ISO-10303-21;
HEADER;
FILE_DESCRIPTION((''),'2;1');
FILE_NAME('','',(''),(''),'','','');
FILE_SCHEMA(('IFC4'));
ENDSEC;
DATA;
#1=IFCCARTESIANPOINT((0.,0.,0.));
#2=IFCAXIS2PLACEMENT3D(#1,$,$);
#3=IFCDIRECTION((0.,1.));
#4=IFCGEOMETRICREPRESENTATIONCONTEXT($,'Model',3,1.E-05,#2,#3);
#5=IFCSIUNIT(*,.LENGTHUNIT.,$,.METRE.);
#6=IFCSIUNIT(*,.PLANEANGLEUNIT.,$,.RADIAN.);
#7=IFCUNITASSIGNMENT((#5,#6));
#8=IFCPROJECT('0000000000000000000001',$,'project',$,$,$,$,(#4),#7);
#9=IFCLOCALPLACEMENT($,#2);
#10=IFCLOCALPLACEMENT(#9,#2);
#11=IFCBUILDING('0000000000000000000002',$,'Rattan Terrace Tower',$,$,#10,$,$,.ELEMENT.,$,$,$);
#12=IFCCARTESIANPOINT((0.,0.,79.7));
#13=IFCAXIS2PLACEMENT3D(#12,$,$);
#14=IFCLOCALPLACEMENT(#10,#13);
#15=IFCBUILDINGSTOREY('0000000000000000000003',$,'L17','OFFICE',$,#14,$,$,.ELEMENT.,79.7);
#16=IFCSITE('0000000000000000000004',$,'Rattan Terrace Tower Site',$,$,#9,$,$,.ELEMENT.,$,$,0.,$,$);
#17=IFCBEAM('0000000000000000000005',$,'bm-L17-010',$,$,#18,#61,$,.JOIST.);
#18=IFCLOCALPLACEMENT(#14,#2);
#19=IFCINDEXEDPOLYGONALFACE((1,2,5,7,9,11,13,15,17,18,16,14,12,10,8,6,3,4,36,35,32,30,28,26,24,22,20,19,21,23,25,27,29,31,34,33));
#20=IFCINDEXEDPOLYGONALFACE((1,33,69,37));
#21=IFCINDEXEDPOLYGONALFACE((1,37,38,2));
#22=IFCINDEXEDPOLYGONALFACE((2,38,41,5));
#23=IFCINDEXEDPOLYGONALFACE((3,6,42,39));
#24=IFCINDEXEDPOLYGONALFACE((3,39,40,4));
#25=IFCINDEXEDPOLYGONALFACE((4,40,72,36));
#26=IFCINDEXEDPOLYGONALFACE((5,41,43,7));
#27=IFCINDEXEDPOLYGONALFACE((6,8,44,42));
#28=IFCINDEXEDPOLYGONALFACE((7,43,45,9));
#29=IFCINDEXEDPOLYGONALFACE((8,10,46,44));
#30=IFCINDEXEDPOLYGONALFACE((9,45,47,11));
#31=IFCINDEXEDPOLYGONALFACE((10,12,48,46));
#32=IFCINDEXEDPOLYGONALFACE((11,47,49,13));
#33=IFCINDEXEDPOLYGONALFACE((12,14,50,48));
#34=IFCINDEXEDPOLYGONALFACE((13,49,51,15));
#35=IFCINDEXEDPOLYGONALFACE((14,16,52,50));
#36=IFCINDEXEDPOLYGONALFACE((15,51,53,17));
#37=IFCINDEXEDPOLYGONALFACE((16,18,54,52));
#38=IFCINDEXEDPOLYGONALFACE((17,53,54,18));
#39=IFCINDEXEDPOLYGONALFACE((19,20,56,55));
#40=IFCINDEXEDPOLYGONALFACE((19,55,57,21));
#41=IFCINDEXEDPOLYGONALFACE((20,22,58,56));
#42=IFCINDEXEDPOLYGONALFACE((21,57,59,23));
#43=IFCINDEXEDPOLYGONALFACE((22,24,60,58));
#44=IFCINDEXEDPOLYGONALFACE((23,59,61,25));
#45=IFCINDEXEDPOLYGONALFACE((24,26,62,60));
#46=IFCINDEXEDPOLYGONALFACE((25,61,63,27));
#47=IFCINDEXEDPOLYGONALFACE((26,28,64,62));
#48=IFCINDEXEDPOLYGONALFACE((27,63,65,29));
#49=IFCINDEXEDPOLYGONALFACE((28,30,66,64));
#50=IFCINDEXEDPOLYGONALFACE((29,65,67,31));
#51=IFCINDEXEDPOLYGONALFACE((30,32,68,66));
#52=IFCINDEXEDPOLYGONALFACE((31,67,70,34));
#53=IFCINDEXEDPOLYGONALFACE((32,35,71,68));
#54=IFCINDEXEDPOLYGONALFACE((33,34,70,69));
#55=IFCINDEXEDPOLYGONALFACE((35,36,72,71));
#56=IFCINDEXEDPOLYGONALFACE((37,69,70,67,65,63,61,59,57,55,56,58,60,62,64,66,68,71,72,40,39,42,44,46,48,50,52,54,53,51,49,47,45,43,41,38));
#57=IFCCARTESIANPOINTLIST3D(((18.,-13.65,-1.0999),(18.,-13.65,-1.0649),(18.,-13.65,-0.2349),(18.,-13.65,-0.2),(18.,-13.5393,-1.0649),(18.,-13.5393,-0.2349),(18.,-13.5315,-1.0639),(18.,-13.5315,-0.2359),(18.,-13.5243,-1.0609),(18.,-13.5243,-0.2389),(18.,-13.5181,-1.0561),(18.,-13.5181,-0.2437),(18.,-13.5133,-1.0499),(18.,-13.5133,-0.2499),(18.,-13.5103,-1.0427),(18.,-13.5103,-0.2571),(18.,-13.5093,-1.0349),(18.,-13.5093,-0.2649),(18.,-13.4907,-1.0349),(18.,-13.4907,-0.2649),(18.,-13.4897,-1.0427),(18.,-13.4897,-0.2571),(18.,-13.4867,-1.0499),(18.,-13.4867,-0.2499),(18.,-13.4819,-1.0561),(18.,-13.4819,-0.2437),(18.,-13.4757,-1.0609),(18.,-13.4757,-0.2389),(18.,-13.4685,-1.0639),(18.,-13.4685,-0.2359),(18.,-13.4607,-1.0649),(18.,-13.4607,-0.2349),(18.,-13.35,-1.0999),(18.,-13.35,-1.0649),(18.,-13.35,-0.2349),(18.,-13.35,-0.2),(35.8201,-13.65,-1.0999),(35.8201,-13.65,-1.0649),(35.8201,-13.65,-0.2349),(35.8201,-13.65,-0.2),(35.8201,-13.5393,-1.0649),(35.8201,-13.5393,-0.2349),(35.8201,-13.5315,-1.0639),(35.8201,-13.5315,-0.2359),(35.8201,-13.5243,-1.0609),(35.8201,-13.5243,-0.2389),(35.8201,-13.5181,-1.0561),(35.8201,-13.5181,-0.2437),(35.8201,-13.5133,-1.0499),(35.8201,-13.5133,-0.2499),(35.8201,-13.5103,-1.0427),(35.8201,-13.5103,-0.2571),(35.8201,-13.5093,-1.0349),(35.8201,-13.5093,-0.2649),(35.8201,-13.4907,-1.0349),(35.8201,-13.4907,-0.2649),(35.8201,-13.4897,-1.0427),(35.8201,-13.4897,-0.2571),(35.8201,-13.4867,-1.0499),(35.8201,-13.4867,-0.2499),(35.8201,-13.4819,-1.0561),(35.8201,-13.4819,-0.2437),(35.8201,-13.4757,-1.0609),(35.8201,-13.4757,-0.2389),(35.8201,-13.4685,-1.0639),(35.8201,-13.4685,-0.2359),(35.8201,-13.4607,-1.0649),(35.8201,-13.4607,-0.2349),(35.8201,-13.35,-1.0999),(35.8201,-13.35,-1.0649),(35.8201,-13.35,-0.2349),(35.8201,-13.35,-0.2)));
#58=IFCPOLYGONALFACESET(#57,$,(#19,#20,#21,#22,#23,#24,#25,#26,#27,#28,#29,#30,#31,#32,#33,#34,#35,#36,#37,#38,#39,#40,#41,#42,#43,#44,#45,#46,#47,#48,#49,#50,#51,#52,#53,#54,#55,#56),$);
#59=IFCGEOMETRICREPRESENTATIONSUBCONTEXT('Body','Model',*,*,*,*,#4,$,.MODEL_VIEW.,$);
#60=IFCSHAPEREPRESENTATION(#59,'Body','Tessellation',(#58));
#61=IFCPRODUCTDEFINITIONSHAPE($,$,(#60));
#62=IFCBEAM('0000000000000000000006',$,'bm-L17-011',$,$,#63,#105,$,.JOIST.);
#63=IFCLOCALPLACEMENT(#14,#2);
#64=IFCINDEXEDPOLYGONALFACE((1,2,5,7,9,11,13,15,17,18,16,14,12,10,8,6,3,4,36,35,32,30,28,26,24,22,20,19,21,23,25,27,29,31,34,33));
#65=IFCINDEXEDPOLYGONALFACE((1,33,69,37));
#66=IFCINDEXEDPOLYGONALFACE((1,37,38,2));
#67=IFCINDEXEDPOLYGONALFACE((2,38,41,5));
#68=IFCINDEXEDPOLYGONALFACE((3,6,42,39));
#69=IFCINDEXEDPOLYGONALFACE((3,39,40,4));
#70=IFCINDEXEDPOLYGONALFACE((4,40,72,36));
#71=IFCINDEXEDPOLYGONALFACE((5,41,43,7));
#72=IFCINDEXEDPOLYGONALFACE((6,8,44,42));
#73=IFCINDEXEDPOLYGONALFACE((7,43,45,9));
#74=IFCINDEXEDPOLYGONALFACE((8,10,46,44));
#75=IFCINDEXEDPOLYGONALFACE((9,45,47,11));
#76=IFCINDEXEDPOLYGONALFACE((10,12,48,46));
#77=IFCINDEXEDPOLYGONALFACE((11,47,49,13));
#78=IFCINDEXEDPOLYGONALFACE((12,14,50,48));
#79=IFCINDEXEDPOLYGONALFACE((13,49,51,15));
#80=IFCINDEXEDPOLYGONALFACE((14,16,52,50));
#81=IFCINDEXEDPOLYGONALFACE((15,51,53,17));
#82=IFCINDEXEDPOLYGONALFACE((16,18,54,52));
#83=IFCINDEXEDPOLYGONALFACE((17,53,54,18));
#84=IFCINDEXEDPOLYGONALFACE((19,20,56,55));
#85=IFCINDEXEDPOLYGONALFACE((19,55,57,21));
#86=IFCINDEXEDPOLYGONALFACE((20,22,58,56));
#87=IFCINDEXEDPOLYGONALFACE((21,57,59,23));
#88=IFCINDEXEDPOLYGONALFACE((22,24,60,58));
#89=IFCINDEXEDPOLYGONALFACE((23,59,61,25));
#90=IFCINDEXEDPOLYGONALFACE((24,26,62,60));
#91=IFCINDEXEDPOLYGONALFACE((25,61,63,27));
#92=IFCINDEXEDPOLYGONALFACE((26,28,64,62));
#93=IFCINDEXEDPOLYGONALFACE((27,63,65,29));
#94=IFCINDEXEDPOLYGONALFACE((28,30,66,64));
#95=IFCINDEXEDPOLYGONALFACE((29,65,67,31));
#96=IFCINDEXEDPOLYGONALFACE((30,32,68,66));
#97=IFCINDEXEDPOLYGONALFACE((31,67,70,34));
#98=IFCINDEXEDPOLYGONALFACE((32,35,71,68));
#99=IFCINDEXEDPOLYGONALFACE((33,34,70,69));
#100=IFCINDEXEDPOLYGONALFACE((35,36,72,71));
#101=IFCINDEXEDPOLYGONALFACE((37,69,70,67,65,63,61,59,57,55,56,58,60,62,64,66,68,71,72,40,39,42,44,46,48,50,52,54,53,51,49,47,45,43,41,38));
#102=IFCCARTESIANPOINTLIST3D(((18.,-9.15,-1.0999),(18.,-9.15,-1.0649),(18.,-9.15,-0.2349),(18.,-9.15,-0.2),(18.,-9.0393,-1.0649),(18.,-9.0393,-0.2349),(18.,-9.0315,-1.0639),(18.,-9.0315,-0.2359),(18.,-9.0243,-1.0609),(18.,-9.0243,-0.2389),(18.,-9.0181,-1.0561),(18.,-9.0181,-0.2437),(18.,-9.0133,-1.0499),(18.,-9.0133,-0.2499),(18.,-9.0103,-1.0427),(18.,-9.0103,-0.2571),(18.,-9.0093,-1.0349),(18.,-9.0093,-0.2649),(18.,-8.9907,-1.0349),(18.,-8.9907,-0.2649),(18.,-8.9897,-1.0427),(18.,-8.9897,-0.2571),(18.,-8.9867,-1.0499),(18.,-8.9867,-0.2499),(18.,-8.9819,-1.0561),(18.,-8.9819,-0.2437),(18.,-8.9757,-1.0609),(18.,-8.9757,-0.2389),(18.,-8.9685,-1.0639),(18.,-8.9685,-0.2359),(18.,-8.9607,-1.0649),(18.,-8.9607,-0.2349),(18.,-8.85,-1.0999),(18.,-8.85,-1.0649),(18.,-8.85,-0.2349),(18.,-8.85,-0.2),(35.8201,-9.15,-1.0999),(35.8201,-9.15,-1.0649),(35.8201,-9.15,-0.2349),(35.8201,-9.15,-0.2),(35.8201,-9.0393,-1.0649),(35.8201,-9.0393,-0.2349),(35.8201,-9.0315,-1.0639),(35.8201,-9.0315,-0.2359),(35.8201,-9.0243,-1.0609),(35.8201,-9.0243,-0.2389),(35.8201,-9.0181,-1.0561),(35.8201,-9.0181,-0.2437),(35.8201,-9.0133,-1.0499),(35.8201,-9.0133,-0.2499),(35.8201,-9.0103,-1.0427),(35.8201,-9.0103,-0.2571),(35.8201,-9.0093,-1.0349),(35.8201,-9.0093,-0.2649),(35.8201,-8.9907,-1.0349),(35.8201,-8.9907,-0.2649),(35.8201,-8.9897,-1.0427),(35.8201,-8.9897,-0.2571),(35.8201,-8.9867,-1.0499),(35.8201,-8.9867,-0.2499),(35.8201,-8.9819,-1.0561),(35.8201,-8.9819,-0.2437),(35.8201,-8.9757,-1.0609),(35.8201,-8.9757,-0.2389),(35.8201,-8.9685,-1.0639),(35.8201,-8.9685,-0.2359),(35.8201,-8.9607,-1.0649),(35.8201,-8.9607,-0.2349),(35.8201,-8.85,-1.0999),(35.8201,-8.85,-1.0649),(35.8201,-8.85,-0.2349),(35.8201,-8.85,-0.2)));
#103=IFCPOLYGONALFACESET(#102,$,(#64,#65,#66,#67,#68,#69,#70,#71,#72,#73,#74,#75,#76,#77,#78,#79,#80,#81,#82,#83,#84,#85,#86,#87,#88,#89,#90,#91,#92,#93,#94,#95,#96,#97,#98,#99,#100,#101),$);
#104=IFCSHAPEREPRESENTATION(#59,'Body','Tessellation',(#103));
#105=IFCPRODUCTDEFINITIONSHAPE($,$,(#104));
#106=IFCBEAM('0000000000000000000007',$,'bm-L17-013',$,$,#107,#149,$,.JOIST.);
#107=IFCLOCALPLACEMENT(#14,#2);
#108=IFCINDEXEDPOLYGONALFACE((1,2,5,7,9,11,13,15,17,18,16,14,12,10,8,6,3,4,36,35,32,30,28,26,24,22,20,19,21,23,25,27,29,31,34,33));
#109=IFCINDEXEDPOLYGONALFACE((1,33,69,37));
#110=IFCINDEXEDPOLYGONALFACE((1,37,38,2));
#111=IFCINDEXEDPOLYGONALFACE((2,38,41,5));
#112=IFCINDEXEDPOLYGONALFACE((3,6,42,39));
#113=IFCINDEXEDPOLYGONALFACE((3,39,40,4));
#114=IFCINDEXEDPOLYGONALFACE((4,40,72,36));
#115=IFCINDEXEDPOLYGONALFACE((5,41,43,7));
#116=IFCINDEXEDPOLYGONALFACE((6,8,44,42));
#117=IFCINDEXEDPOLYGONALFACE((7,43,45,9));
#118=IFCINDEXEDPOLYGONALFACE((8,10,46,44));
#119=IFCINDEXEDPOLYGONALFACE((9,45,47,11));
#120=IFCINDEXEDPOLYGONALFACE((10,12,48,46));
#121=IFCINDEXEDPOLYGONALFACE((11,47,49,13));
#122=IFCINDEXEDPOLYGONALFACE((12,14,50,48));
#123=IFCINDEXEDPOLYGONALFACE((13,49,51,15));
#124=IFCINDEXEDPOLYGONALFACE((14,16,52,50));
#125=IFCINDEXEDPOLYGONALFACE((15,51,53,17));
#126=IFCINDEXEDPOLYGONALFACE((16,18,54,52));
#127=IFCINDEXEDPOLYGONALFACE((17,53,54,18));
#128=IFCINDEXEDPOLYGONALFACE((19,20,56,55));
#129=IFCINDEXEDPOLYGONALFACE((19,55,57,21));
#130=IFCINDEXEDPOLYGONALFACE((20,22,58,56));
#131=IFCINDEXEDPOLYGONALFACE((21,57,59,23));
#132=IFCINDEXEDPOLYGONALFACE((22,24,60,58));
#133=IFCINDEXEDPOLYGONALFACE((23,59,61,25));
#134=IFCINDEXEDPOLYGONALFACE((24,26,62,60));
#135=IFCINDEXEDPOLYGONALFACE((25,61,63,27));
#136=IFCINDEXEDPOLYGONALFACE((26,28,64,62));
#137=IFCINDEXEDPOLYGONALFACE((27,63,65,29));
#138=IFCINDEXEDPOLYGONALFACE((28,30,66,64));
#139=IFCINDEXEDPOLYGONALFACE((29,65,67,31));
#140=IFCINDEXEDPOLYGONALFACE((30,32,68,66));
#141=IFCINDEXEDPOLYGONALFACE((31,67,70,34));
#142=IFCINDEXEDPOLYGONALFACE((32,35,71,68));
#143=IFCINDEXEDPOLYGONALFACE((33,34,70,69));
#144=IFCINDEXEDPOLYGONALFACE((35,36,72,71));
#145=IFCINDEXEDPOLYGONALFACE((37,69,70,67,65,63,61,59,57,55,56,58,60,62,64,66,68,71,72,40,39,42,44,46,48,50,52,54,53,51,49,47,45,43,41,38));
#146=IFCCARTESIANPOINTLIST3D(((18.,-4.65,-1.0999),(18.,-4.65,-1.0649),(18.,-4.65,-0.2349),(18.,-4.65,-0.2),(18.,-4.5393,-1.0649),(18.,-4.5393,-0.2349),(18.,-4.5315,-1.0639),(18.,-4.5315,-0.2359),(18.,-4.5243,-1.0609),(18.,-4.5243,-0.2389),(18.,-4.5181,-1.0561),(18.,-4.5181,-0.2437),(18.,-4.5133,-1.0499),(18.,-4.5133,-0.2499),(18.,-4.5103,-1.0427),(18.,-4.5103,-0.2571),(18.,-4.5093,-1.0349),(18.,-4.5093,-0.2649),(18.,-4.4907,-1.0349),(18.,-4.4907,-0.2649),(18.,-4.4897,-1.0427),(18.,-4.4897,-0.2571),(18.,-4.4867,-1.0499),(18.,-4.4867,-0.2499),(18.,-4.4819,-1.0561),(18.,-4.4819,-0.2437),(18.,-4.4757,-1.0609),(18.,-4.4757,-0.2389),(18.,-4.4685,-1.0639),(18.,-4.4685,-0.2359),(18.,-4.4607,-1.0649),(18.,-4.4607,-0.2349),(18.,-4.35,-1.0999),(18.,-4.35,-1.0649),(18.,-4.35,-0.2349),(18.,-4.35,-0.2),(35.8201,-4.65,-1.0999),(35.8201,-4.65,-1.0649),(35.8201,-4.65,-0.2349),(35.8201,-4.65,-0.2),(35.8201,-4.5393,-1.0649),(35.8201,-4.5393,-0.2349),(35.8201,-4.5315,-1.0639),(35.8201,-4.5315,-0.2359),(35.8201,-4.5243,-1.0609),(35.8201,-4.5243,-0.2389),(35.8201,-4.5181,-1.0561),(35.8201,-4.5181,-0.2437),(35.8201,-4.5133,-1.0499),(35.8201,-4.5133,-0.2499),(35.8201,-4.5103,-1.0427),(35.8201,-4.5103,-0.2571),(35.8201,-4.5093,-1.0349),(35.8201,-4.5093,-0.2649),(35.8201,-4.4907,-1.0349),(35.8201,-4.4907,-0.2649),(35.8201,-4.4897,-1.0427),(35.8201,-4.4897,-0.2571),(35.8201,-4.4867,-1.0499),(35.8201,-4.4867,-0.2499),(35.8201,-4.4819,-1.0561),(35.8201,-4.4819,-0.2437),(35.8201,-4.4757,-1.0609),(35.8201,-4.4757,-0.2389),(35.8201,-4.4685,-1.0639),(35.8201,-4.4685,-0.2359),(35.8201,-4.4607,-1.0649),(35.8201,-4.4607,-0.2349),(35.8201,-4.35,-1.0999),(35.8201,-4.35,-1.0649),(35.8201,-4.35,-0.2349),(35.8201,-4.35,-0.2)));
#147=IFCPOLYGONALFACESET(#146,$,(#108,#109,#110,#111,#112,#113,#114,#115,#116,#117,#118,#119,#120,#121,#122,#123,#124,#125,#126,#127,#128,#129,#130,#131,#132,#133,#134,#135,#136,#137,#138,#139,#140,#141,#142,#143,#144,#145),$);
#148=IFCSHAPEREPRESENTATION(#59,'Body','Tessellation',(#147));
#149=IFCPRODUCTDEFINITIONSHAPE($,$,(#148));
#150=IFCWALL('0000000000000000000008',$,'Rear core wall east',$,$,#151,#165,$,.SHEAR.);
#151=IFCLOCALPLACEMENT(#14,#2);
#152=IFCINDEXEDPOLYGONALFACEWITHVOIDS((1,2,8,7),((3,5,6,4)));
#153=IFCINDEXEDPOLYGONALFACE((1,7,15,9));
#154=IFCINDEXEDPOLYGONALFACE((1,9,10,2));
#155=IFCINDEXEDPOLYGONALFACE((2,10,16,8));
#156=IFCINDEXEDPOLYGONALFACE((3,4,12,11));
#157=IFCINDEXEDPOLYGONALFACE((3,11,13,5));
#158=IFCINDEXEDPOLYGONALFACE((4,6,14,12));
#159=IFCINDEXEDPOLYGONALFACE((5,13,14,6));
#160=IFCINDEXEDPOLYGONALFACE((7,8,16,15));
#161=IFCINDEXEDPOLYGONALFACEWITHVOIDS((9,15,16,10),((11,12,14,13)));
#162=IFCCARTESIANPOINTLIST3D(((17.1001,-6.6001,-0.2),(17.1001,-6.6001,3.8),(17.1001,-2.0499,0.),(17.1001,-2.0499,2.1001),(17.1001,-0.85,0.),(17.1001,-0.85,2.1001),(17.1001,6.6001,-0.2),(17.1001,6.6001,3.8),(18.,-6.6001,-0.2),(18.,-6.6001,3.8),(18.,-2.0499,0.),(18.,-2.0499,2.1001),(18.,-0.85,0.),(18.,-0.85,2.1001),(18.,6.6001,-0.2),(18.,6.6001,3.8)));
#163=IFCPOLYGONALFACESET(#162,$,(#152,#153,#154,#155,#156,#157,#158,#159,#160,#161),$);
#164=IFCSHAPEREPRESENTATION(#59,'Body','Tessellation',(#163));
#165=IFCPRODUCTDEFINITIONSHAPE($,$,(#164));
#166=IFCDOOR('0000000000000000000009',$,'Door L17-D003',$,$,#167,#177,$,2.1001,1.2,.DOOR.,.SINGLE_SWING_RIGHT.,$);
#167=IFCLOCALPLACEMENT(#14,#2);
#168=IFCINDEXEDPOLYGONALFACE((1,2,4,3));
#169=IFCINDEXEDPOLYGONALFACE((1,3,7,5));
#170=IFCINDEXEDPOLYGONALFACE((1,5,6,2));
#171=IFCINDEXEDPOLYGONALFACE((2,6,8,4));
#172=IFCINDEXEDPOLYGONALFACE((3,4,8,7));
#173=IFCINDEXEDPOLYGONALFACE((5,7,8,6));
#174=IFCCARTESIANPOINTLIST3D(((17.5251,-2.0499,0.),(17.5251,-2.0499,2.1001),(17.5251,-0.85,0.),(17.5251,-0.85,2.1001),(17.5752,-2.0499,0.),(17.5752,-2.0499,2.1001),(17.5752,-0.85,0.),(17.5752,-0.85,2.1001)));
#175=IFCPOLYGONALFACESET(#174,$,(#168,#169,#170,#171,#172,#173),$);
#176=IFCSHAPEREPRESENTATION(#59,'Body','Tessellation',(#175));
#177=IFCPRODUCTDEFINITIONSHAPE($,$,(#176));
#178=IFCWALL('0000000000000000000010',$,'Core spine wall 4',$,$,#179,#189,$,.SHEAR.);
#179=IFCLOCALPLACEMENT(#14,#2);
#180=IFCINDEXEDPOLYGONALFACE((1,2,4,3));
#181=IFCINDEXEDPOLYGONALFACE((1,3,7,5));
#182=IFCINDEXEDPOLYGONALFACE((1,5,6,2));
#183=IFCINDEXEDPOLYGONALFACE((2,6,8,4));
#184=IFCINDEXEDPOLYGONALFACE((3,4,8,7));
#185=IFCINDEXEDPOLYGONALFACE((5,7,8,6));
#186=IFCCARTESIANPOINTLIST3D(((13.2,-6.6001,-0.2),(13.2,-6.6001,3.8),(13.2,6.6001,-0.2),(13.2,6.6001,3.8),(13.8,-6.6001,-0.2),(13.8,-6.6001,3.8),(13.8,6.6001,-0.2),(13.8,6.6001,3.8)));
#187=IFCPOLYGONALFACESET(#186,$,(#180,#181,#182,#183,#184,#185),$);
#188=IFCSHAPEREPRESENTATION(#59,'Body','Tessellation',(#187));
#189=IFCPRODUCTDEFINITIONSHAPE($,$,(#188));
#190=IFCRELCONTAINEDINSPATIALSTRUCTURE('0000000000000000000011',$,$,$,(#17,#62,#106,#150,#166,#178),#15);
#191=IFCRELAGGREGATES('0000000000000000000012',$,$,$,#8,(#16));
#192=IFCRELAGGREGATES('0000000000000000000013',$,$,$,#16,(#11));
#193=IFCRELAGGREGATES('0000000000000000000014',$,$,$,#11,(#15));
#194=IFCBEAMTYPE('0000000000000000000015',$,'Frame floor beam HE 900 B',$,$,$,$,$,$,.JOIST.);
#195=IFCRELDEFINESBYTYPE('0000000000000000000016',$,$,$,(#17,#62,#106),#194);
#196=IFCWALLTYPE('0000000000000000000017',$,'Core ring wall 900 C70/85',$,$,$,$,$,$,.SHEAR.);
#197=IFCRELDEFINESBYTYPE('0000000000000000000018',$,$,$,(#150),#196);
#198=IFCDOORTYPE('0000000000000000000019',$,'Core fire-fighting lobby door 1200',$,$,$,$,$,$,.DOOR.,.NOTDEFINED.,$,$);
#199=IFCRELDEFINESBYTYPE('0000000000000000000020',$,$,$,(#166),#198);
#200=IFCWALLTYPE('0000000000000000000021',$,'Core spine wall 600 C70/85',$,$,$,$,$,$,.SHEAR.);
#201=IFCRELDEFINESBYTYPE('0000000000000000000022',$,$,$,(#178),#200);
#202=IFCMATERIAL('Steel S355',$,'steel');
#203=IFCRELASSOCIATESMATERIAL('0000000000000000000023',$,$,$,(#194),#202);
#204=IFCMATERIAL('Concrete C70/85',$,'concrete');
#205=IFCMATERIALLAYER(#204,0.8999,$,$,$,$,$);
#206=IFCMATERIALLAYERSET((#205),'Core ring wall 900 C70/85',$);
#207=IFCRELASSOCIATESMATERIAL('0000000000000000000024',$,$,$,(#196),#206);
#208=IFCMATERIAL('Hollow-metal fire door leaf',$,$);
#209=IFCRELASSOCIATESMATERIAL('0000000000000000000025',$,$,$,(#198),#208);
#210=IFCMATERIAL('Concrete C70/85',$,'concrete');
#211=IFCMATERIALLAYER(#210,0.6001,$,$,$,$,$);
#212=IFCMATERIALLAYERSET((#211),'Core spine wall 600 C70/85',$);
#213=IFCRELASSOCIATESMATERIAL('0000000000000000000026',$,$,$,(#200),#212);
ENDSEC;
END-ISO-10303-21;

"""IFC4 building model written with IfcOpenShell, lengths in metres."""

from ifc_helpers import new_model, si_unit, direction, frame, frame_2d, origin, origin_2d, place, context, subcontext, project, spatial, rectangle, i_section, extrude, material, layer, layer_set, material_profile, profile_set, type_object, element, fill, save


model = new_model("IFC4")

# Units and contexts
model_context = context("Model", 3, precision=1e-05, world=origin(), true_north=direction((0.0, 1.0)))
body_context = subcontext(model_context, "Body", "Model", "MODEL_VIEW")
ifc_project = project(units=[si_unit("LENGTHUNIT", "METRE"), si_unit("PLANEANGLEUNIT", "RADIAN")], contexts=[model_context])

# Site, building, storey
site_placement = place(None, origin())
site = spatial("IfcSite", under=ifc_project, at=site_placement, Name="Rattan Terrace Tower Site", CompositionType="ELEMENT", RefElevation=0.0)
building_placement = place(site_placement, origin())
building = spatial("IfcBuilding", under=site, at=building_placement, Name="Rattan Terrace Tower", CompositionType="ELEMENT")
storey_placement = place(building_placement, frame((0.0, 0.0, 79.7)))
storey = spatial("IfcBuildingStorey", under=building, at=storey_placement, Name="L17", Description="OFFICE", CompositionType="ELEMENT", Elevation=79.7)

# Beams
ifc_material_1 = material(Name="Steel S355", Category="steel")
ifc_material_profile = material_profile(ifc_material_1, i_section(OverallWidth=0.3, OverallDepth=0.8999, WebThickness=0.0186, FlangeThickness=0.0349, FilletRadius=0.03, at=origin_2d()), Name="HE 900 B")
ifc_profile_set = profile_set([ifc_material_profile], Name="Steel S355")
beam_type = type_object("IfcBeamType", Name="Frame floor beam HE 900 B", PredefinedType="JOIST", material=ifc_profile_set)
for number, where, z_axis, x_axis, name in (
    (1, (18.0, -13.5, -0.6499), (1.0, 0.0, 0.0), (0.0, 1.0, 0.0), "bm-L17-010"),
    (2, (18.0, -9.0, -0.6499), (1.0, 0.0, 0.0), (0.0, 1.0, 0.0), "bm-L17-011"),
    (3, (18.0, -4.5, -0.6499), (1.0, 0.0, 0.0), (0.0, 1.0, 0.0), "bm-L17-013"),
):
    element("IfcBeam", number, at=place(storey_placement, frame(where, z_axis=z_axis, x_axis=x_axis)), inside=storey, type_object=beam_type, Name=name, PredefinedType="JOIST", context=body_context, shape_type="SweptSolid", body=[
        extrude(i_section(OverallWidth=0.3, OverallDepth=0.8999, WebThickness=0.0186, FlangeThickness=0.0349, FilletRadius=0.03, at=origin_2d()), origin(), (0.0, 0.0, 1.0), 17.8201),
    ])

# Wall, opening, door
ifc_material_2 = material(Name="Concrete C70/85", Category="concrete")
ifc_layer_1 = layer(ifc_material_2, 0.8999)
ifc_layer_set_1 = layer_set([ifc_layer_1], Name="Core ring wall 900 C70/85")
wall_type_1 = type_object("IfcWallType", Name="Core ring wall 900 C70/85", PredefinedType="SHEAR", material=ifc_layer_set_1)
wall_1_placement = place(storey_placement, frame((17.55, -6.6001, -0.2), z_axis=(0.0, 0.0, 1.0), x_axis=(0.0, 1.0, 0.0)))
wall_1 = element("IfcWall", 4, at=wall_1_placement, inside=storey, type_object=wall_type_1, Name="Rear core wall east", PredefinedType="SHEAR", context=body_context, shape_type="SweptSolid", body=[
    extrude(rectangle(XDim=13.2002, YDim=0.8999, at=frame_2d((6.6001, 0.0))), origin(), (0.0, 0.0, 1.0), 4.0),
])
opening_1_placement = place(wall_1_placement, frame((4.55, 0.0, 0.2)))
opening_1 = element("IfcOpeningElement", 5, at=opening_1_placement, cuts=wall_1, PredefinedType="OPENING", context=body_context, shape_type="SweptSolid", body=[
    extrude(rectangle(XDim=1.2, YDim=2.1001, at=frame_2d((0.6001, 1.05))), frame((0.0, 0.4604, 0.0), z_axis=(0.0, -1.0, 0.0), x_axis=(1.0, 0.0, 0.0)), (0.0, 0.0, 1.0), 0.9209),
])
ifc_material_3 = material(Name="Hollow-metal fire door leaf")
door_type_1 = type_object("IfcDoorType", Name="Core fire-fighting lobby door 1200", OperationType="NOTDEFINED", PredefinedType="DOOR", material=ifc_material_3)
door_1_placement = place(opening_1_placement, origin())
door_1 = element("IfcDoor", 6, at=door_1_placement, inside=storey, type_object=door_type_1, Name="Door L17-D003", OperationType="SINGLE_SWING_RIGHT", OverallHeight=2.1001, OverallWidth=1.2, PredefinedType="DOOR", context=body_context, shape_type="SweptSolid", body=[
    extrude(rectangle(XDim=1.2, YDim=2.1001, at=frame_2d((0.6001, 1.05))), frame((0.0, 0.0249, 0.0), z_axis=(0.0, -1.0, 0.0), x_axis=(1.0, 0.0, 0.0)), (0.0, 0.0, 1.0), 0.05),
])
fill(opening_1, door_1)

# Wall
ifc_material_4 = material(Name="Concrete C70/85", Category="concrete")
ifc_layer_2 = layer(ifc_material_4, 0.6001)
ifc_layer_set_2 = layer_set([ifc_layer_2], Name="Core spine wall 600 C70/85")
wall_type_2 = type_object("IfcWallType", Name="Core spine wall 600 C70/85", PredefinedType="SHEAR", material=ifc_layer_set_2)
wall_2_placement = place(storey_placement, frame((13.5, -6.6001, -0.2), z_axis=(0.0, 0.0, 1.0), x_axis=(0.0, 1.0, 0.0)))
element("IfcWall", 7, at=wall_2_placement, inside=storey, type_object=wall_type_2, Name="Core spine wall 4", PredefinedType="SHEAR", context=body_context, shape_type="SweptSolid", body=[
    extrude(rectangle(XDim=13.2002, YDim=0.6001, at=frame_2d((6.6001, 0.0))), origin(), (0.0, 0.0, 1.0), 4.0),
])

save(model, "model.ifc")
